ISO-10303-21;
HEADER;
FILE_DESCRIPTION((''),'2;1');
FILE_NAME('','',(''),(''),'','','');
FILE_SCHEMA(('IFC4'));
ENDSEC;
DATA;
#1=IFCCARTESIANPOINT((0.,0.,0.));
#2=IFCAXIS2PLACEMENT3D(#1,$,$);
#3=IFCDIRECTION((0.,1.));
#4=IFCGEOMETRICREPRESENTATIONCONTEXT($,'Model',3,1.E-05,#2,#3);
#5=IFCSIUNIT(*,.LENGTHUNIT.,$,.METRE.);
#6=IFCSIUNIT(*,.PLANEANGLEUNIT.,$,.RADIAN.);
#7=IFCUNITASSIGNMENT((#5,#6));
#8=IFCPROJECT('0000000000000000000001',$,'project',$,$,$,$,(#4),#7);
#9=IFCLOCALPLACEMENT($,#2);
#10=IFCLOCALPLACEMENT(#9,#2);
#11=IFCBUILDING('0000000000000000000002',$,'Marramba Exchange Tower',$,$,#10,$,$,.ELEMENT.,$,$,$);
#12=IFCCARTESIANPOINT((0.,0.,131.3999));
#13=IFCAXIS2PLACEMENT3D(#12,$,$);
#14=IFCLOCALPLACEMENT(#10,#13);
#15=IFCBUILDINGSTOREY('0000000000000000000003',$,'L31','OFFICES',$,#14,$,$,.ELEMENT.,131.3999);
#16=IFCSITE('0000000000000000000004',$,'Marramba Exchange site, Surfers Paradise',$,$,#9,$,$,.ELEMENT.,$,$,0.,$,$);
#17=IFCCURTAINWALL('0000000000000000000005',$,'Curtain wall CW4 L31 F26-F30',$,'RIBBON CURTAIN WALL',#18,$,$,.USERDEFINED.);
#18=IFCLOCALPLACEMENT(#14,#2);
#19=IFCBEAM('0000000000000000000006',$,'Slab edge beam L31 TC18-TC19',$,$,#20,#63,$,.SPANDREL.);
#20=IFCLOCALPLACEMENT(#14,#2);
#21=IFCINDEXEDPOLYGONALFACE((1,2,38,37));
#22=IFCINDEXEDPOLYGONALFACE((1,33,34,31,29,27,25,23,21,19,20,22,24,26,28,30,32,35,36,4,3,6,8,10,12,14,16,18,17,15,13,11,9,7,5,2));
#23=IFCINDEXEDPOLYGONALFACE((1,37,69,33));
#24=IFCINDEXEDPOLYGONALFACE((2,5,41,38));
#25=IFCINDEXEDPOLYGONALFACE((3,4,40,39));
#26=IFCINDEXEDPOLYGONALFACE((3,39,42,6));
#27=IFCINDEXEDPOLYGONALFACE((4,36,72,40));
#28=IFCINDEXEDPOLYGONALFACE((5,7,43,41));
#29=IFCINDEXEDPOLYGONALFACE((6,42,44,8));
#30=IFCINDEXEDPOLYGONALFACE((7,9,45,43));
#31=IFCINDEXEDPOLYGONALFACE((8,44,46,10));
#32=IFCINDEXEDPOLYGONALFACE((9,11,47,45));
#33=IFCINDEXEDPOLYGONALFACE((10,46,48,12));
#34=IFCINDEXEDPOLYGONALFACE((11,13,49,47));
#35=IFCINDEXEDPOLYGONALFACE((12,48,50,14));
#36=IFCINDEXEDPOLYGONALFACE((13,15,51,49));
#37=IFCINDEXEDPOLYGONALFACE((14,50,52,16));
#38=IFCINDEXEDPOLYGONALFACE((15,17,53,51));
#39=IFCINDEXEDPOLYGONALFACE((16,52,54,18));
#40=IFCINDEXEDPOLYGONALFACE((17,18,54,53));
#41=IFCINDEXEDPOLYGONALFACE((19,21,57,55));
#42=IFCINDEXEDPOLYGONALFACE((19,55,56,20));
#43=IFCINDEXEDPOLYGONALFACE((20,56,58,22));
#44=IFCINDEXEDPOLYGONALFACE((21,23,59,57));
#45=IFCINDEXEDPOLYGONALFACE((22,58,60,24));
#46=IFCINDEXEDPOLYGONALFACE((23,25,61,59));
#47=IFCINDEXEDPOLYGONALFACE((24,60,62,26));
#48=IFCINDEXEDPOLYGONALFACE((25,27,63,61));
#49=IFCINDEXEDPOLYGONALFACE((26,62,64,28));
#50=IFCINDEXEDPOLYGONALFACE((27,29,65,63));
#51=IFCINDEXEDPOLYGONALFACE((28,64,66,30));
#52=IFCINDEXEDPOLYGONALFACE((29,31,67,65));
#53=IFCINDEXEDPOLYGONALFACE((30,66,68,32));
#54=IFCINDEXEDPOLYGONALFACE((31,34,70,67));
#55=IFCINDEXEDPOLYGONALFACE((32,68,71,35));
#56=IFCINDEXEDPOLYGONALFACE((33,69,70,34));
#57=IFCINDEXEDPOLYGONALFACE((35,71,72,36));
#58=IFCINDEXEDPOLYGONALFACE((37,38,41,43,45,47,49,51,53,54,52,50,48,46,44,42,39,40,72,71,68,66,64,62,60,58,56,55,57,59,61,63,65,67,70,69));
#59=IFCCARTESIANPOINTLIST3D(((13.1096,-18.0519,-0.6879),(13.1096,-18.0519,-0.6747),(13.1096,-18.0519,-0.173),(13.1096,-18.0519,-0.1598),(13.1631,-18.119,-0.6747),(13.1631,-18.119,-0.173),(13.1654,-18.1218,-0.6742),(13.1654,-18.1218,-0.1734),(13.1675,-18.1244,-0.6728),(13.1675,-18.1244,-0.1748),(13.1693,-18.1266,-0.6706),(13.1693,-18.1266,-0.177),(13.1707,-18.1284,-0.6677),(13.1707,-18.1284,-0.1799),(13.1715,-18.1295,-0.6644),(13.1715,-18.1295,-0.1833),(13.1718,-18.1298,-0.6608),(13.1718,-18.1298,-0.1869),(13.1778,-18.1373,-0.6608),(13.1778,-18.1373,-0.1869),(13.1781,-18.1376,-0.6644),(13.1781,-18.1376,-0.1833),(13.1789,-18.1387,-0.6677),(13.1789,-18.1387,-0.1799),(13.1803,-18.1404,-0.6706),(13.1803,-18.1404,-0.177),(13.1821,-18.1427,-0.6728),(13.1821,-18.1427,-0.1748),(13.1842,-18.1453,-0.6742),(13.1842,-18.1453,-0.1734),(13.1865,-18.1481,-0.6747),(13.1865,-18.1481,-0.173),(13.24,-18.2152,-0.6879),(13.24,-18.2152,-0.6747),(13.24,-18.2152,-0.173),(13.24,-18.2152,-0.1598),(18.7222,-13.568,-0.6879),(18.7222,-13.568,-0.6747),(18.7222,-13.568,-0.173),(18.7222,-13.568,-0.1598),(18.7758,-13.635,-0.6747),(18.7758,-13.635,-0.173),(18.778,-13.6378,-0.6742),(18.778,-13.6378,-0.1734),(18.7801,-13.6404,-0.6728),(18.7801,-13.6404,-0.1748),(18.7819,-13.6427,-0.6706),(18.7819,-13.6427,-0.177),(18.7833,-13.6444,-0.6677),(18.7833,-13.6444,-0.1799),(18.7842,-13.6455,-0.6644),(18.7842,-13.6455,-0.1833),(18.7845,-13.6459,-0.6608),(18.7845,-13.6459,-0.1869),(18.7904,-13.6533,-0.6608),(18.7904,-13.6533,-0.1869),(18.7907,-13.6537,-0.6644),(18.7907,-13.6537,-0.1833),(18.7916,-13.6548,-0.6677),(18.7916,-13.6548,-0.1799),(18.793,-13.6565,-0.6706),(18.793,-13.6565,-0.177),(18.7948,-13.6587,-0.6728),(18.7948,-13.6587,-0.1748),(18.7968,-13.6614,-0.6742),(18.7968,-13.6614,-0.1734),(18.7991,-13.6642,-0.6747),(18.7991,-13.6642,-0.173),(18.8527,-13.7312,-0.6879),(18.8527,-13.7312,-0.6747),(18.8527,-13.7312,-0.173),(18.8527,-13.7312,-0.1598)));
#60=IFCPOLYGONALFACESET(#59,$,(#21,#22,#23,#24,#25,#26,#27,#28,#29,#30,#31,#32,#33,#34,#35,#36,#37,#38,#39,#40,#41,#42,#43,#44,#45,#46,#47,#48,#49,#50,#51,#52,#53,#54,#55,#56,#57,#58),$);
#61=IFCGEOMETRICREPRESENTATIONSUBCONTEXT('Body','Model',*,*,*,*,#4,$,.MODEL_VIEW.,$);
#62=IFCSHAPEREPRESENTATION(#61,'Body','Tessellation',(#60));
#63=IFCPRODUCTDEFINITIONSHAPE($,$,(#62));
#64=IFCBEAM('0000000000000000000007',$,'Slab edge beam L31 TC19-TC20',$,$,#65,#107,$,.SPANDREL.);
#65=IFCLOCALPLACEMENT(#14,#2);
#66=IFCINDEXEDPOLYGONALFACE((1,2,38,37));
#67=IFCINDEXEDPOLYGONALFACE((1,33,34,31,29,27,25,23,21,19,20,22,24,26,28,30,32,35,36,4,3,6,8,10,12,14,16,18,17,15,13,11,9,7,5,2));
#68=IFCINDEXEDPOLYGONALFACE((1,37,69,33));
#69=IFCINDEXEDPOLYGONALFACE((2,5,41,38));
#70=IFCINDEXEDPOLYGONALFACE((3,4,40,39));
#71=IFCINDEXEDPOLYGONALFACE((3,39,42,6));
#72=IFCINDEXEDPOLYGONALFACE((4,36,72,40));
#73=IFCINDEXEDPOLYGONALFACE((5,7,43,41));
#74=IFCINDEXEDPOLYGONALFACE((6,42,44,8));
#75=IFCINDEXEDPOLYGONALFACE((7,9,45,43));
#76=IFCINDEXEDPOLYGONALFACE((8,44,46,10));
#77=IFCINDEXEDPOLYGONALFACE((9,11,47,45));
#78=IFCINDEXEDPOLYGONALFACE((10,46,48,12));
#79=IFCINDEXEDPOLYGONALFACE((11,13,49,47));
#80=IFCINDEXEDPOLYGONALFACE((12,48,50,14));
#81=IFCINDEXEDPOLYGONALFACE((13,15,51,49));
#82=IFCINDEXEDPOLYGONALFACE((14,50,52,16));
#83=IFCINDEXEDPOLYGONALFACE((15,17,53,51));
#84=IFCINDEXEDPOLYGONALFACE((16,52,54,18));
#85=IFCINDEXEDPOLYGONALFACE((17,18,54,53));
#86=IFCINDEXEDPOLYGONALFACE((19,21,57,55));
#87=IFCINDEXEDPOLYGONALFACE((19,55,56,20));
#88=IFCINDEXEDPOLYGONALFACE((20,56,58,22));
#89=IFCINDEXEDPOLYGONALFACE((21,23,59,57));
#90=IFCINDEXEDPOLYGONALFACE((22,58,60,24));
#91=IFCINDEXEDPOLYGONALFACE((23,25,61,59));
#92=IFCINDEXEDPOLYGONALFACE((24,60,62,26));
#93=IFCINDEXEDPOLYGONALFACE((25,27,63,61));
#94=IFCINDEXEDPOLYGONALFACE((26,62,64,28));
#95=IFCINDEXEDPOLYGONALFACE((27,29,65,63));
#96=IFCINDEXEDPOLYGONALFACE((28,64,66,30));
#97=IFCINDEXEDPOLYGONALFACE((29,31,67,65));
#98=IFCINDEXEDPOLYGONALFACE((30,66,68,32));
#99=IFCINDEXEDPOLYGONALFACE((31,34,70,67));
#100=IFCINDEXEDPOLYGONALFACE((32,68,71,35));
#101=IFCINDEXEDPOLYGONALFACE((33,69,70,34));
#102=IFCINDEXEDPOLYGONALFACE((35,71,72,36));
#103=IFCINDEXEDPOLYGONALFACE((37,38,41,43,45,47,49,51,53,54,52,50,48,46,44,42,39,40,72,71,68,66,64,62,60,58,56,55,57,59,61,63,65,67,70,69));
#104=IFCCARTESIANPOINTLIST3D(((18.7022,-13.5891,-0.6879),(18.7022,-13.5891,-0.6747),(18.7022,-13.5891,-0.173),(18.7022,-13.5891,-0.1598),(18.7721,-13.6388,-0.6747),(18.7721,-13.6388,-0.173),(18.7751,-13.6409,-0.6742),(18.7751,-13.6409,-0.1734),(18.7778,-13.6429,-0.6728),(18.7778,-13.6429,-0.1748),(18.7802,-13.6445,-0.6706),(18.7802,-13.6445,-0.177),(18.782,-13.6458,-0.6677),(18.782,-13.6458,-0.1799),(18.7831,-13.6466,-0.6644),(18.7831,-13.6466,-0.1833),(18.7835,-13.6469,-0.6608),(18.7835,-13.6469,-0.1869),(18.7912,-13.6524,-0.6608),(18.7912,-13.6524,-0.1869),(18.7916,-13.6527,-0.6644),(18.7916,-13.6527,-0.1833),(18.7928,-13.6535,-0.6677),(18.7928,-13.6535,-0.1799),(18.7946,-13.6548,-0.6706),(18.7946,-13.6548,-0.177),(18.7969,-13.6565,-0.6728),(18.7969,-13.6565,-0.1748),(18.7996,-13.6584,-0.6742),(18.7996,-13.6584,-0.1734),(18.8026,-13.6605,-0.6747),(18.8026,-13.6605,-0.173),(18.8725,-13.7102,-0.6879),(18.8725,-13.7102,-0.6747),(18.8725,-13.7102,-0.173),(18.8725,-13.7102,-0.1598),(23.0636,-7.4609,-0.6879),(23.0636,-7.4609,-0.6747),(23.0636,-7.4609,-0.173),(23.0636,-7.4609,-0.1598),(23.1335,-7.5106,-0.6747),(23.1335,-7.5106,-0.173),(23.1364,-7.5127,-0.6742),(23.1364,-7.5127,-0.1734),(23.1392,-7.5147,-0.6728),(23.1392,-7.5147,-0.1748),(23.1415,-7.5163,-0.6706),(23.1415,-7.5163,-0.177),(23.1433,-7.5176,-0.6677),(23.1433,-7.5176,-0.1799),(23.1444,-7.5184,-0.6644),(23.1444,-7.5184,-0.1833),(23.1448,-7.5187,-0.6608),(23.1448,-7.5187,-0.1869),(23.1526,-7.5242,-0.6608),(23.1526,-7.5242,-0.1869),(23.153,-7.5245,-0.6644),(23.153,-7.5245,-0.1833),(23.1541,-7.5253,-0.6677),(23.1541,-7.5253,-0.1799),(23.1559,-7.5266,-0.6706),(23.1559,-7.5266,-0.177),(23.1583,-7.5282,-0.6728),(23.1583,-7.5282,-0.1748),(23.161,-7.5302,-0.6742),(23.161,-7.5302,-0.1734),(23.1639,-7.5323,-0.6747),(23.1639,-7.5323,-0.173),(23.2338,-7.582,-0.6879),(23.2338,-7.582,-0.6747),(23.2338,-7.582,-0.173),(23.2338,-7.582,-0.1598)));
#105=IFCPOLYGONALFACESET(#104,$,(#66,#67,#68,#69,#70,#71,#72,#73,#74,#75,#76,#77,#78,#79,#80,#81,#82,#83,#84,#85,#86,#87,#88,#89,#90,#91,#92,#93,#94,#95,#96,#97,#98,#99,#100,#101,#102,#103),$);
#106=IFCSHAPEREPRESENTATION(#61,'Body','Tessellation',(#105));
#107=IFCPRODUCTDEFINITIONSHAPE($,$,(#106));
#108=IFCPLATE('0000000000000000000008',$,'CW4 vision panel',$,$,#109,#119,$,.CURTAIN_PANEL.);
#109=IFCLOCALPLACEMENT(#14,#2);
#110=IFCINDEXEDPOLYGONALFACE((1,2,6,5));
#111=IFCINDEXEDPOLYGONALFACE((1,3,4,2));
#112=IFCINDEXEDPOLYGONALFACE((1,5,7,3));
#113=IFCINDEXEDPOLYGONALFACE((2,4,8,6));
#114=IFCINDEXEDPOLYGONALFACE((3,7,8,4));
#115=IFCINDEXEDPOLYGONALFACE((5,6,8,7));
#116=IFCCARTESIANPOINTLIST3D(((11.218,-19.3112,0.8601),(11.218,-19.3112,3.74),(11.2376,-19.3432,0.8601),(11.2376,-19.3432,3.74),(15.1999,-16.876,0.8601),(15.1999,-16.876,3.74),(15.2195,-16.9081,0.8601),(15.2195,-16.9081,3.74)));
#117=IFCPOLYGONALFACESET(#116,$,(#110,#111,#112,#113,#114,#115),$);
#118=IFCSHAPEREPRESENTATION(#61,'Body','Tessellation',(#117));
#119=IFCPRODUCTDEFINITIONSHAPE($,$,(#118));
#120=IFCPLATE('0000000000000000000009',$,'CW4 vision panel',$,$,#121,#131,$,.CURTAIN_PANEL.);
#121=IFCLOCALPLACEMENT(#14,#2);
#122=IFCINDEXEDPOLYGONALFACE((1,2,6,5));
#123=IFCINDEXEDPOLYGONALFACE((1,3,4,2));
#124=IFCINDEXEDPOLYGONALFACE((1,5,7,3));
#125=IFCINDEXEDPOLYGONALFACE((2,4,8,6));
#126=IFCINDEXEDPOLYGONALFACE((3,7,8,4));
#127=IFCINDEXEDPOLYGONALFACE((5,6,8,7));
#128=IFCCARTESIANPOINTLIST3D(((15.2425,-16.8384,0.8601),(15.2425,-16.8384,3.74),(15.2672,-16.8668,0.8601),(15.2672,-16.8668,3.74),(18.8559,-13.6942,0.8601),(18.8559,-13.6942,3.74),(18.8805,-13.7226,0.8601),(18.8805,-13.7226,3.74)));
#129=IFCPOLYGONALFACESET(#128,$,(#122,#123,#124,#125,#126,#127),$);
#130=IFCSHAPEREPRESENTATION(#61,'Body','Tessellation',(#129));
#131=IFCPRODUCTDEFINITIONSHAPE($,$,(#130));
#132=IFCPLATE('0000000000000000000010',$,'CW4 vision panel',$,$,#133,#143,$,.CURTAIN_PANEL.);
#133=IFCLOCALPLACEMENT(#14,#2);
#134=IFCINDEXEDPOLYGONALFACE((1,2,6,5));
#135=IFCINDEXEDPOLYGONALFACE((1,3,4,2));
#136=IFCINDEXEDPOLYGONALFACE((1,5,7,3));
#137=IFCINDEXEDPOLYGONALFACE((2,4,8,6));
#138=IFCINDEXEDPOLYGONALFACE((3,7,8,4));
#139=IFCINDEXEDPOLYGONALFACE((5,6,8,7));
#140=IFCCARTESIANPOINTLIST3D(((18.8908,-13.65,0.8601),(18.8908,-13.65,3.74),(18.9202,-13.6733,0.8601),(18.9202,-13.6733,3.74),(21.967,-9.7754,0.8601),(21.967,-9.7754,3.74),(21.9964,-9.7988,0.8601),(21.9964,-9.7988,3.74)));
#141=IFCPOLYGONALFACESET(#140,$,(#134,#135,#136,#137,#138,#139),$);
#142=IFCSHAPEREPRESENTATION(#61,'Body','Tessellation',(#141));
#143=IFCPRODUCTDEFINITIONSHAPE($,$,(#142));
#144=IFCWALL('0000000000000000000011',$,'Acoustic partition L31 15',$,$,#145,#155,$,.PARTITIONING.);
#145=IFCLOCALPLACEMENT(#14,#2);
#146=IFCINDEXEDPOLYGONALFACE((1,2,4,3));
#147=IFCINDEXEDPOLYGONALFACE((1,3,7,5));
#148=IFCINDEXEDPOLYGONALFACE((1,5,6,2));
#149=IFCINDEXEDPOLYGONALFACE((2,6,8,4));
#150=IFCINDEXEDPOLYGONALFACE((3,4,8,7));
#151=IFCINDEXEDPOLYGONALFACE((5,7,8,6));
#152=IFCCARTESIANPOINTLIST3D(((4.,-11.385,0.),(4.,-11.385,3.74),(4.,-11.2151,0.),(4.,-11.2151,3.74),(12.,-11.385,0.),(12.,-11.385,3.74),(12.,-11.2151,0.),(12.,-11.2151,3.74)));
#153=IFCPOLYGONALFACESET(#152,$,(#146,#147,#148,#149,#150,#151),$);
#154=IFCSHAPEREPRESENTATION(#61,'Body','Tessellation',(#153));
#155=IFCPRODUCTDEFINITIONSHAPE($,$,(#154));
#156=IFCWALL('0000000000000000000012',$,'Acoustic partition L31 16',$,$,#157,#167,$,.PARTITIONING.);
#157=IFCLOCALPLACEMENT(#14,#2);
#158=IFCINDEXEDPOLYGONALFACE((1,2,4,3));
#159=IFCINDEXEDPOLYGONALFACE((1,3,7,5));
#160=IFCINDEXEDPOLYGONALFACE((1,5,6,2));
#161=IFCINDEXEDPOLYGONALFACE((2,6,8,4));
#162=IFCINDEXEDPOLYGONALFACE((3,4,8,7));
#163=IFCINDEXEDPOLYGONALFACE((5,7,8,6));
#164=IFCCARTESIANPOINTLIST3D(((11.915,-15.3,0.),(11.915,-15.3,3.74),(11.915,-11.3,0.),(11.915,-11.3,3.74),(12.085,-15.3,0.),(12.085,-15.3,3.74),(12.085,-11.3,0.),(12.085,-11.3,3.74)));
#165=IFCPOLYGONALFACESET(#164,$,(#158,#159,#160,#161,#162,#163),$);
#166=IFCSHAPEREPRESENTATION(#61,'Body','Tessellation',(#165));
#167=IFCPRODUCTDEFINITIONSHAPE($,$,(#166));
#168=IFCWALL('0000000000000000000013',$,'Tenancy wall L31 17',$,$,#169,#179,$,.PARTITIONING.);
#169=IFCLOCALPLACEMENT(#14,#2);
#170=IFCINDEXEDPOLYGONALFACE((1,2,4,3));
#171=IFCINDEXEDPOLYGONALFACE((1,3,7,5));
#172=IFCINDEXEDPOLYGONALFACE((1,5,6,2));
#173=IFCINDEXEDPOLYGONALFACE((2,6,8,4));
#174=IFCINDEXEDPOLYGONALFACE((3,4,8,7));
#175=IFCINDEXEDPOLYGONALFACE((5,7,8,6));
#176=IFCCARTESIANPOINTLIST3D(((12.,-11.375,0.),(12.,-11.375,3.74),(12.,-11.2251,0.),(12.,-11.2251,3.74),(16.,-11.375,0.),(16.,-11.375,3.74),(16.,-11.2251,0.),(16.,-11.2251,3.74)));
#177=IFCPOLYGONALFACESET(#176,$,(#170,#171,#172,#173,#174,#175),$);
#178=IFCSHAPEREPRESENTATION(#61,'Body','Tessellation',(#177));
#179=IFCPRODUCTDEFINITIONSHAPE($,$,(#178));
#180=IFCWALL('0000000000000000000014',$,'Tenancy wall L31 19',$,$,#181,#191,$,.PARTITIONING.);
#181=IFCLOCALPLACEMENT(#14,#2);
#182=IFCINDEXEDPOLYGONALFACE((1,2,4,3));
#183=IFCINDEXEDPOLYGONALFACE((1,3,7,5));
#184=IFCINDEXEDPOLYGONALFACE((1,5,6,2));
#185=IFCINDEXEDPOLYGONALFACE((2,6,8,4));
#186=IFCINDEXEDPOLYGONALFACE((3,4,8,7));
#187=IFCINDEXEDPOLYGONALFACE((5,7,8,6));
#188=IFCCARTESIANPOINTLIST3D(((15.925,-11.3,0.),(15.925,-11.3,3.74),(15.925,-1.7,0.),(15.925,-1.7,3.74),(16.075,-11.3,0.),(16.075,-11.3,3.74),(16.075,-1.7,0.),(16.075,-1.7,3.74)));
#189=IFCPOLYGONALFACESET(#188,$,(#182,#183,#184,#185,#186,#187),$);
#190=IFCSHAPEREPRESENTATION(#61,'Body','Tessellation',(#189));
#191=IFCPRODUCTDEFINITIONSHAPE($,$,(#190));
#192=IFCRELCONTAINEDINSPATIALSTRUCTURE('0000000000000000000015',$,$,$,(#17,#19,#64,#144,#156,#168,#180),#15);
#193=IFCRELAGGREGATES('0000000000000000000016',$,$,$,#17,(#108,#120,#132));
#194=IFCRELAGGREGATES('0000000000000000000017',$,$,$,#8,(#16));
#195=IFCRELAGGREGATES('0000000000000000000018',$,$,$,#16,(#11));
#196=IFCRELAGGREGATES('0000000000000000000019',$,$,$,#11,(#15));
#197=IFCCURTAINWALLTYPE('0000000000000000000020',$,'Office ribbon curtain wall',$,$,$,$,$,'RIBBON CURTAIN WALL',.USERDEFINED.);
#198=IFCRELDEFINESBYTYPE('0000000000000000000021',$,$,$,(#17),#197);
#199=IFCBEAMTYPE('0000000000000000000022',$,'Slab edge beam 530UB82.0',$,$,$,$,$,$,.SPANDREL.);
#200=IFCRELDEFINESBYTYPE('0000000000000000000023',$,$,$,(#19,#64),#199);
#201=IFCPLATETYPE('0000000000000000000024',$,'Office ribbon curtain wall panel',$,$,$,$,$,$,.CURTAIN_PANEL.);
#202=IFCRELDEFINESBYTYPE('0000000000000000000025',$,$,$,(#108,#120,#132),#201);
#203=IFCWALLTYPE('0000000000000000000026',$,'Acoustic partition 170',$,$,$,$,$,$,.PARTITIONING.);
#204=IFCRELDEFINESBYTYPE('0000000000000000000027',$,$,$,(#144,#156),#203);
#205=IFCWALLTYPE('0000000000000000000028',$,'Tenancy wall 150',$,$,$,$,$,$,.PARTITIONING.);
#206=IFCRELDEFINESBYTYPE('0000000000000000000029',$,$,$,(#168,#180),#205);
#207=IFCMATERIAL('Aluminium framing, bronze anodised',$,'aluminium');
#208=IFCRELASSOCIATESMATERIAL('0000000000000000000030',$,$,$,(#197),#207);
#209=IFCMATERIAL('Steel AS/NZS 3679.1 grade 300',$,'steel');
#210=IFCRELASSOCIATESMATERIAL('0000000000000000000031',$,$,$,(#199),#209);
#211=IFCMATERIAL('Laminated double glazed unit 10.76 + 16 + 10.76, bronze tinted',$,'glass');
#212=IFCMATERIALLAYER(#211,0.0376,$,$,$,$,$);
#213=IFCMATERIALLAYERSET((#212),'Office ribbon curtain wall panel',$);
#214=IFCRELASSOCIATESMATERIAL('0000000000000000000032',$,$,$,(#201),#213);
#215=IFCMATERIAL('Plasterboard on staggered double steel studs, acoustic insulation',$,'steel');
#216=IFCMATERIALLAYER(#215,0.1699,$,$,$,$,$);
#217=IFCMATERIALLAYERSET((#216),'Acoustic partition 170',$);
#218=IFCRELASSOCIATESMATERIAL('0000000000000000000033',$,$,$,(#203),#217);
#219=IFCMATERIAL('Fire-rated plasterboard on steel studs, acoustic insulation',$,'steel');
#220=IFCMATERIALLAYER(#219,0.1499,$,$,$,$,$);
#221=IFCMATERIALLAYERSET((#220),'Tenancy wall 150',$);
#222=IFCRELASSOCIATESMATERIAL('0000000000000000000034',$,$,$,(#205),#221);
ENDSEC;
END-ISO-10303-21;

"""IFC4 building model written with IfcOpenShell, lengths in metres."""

from ifc_helpers import new_model, si_unit, direction, frame, frame_2d, origin, origin_2d, place, context, subcontext, project, spatial, rectangle, i_section, extrude, material, layer, layer_set, material_profile, profile_set, type_object, element, aggregate, save


model = new_model("IFC4")

# Units and contexts
model_context = context("Model", 3, precision=1e-05, world=origin(), true_north=direction((0.0, 1.0)))
body_context = subcontext(model_context, "Body", "Model", "MODEL_VIEW")
ifc_project = project(units=[si_unit("LENGTHUNIT", "METRE"), si_unit("PLANEANGLEUNIT", "RADIAN")], contexts=[model_context])

# Site, building, storey
site_placement = place(None, origin())
site = spatial("IfcSite", under=ifc_project, at=site_placement, Name="Marramba Exchange site, Surfers Paradise", CompositionType="ELEMENT", RefElevation=0.0)
building_placement = place(site_placement, origin())
building = spatial("IfcBuilding", under=site, at=building_placement, Name="Marramba Exchange Tower", CompositionType="ELEMENT")
storey_placement = place(building_placement, frame((0.0, 0.0, 131.3999)))
storey = spatial("IfcBuildingStorey", under=building, at=storey_placement, Name="L31", Description="OFFICES", CompositionType="ELEMENT", Elevation=131.3999)

# Curtain wall
ifc_material_1 = material(Name="Aluminium framing, bronze anodised", Category="aluminium")
curtain_wall_type = type_object("IfcCurtainWallType", Name="Office ribbon curtain wall", ElementType="RIBBON CURTAIN WALL", PredefinedType="USERDEFINED", material=ifc_material_1)
curtain_wall_placement = place(storey_placement, origin())
curtain_wall = element("IfcCurtainWall", 1, at=curtain_wall_placement, inside=storey, type_object=curtain_wall_type, Name="Curtain wall CW4 L31 F26-F30", ObjectType="RIBBON CURTAIN WALL", PredefinedType="USERDEFINED")

# Beams
ifc_material_2 = material(Name="Steel AS/NZS 3679.1 grade 300", Category="steel")
ifc_material_profile_1 = material_profile(ifc_material_2, i_section(OverallWidth=0.209, OverallDepth=0.5281, WebThickness=0.0095, FlangeThickness=0.0132, FilletRadius=0.0139, at=origin_2d()), Name="530UB82.0")
ifc_profile_set_1 = profile_set([ifc_material_profile_1], Name="Steel AS/NZS 3679.1 grade 300")
beam_type_1 = type_object("IfcBeamType", Name="Slab edge beam 530UB82.0", PredefinedType="SPANDREL", material=ifc_profile_set_1)
beam_1_placement = place(storey_placement, frame((13.1748, -18.1335, -0.4238), z_axis=(0.781286, 0.624173, 0.0), x_axis=(-0.624173, 0.781286, 0.0)))
element("IfcBeam", 2, at=beam_1_placement, inside=storey, type_object=beam_type_1, Name="Slab edge beam L31 TC18-TC19", PredefinedType="SPANDREL", context=body_context, shape_type="SweptSolid", body=[
    extrude(i_section(OverallWidth=0.209, OverallDepth=0.5281, WebThickness=0.0095, FlangeThickness=0.0132, FilletRadius=0.0139, at=origin_2d()), origin(), (0.0, 0.0, 1.0), 7.1838),
])
beam_2_placement = place(storey_placement, frame((18.7874, -13.6497, -0.4238), z_axis=(0.579834, 0.814735, 0.0), x_axis=(-0.814735, 0.579834, 0.0)))
element("IfcBeam", 3, at=beam_2_placement, inside=storey, type_object=beam_type_1, Name="Slab edge beam L31 TC19-TC20", PredefinedType="SPANDREL", context=body_context, shape_type="SweptSolid", body=[
    extrude(i_section(OverallWidth=0.209, OverallDepth=0.5281, WebThickness=0.0095, FlangeThickness=0.0132, FilletRadius=0.0139, at=origin_2d()), origin(), (0.0, 0.0, 1.0), 7.5217),
])

# Plates
ifc_material_3 = material(Name="Laminated double glazed unit 10.76 + 16 + 10.76, bronze tinted", Category="glass")
ifc_layer_1 = layer(ifc_material_3, 0.0376)
ifc_layer_set_1 = layer_set([ifc_layer_1], Name="Office ribbon curtain wall panel")
plate_type = type_object("IfcPlateType", Name="Office ribbon curtain wall panel", PredefinedType="CURTAIN_PANEL", material=ifc_layer_set_1)
plate_1_placement = place(storey_placement, frame((13.2188, -18.1096, 0.8601), z_axis=(0.0, 0.0, 1.0), x_axis=(0.853109, 0.521733, 0.0)))
plate_1 = element("IfcPlate", 4, at=plate_1_placement, type_object=plate_type, Name="CW4 vision panel", PredefinedType="CURTAIN_PANEL", context=body_context, shape_type="SweptSolid", body=[
    extrude(rectangle(XDim=4.6675, YDim=0.0376, at=origin_2d()), origin(), (0.0, 0.0, 1.0), 2.8799),
])
plate_2_placement = place(storey_placement, frame((17.0615, -15.2805, 0.8601), z_axis=(0.0, 0.0, 1.0), x_axis=(0.754386, 0.656432, 0.0)))
plate_2 = element("IfcPlate", 5, at=plate_2_placement, type_object=plate_type, Name="CW4 vision panel", PredefinedType="CURTAIN_PANEL", context=body_context, shape_type="SweptSolid", body=[
    extrude(rectangle(XDim=4.7898, YDim=0.0376, at=origin_2d()), origin(), (0.0, 0.0, 1.0), 2.8799),
])
plate_3_placement = place(storey_placement, frame((20.4436, -11.7244, 0.8601), z_axis=(0.0, 0.0, 1.0), x_axis=(0.621807, 0.78317, 0.0)))
plate_3 = element("IfcPlate", 6, at=plate_3_placement, type_object=plate_type, Name="CW4 vision panel", PredefinedType="CURTAIN_PANEL", context=body_context, shape_type="SweptSolid", body=[
    extrude(rectangle(XDim=4.9473, YDim=0.0376, at=origin_2d()), origin(), (0.0, 0.0, 1.0), 2.8799),
])
aggregate(curtain_wall, [plate_1, plate_2, plate_3])

# Walls
ifc_material_4 = material(Name="Plasterboard on staggered double steel studs, acoustic insulation", Category="steel")
ifc_layer_2 = layer(ifc_material_4, 0.1699)
ifc_layer_set_2 = layer_set([ifc_layer_2], Name="Acoustic partition 170")
wall_type_1 = type_object("IfcWallType", Name="Acoustic partition 170", PredefinedType="PARTITIONING", material=ifc_layer_set_2)
wall_1_placement = place(storey_placement, frame((12.0, -11.3, 0.0), z_axis=(0.0, 0.0, 1.0), x_axis=(-1.0, 0.0, 0.0)))
element("IfcWall", 7, at=wall_1_placement, inside=storey, type_object=wall_type_1, Name="Acoustic partition L31 15", PredefinedType="PARTITIONING", context=body_context, shape_type="SweptSolid", body=[
    extrude(rectangle(XDim=8.0, YDim=0.1699, at=frame_2d((4.0, 0.0))), origin(), (0.0, 0.0, 1.0), 3.74),
])
wall_2_placement = place(storey_placement, frame((12.0, -15.3, 0.0), z_axis=(0.0, 0.0, 1.0), x_axis=(0.0, 1.0, 0.0)))
element("IfcWall", 8, at=wall_2_placement, inside=storey, type_object=wall_type_1, Name="Acoustic partition L31 16", PredefinedType="PARTITIONING", context=body_context, shape_type="SweptSolid", body=[
    extrude(rectangle(XDim=4.0, YDim=0.1699, at=frame_2d((2.0, 0.0))), origin(), (0.0, 0.0, 1.0), 3.74),
])
ifc_material_5 = material(Name="Fire-rated plasterboard on steel studs, acoustic insulation", Category="steel")
ifc_layer_3 = layer(ifc_material_5, 0.1499)
ifc_layer_set_3 = layer_set([ifc_layer_3], Name="Tenancy wall 150")
wall_type_2 = type_object("IfcWallType", Name="Tenancy wall 150", PredefinedType="PARTITIONING", material=ifc_layer_set_3)
wall_3_placement = place(storey_placement, frame((12.0, -11.3, 0.0), z_axis=(0.0, 0.0, 1.0), x_axis=(1.0, 0.0, 0.0)))
element("IfcWall", 9, at=wall_3_placement, inside=storey, type_object=wall_type_2, Name="Tenancy wall L31 17", PredefinedType="PARTITIONING", context=body_context, shape_type="SweptSolid", body=[
    extrude(rectangle(XDim=4.0, YDim=0.1499, at=frame_2d((2.0, 0.0))), origin(), (0.0, 0.0, 1.0), 3.74),
])
wall_4_placement = place(storey_placement, frame((16.0, -11.3, 0.0), z_axis=(0.0, 0.0, 1.0), x_axis=(0.0, 1.0, 0.0)))
element("IfcWall", 10, at=wall_4_placement, inside=storey, type_object=wall_type_2, Name="Tenancy wall L31 19", PredefinedType="PARTITIONING", context=body_context, shape_type="SweptSolid", body=[
    extrude(rectangle(XDim=9.6001, YDim=0.1499, at=frame_2d((4.8, 0.0))), origin(), (0.0, 0.0, 1.0), 3.74),
])

save(model, "model.ifc")
